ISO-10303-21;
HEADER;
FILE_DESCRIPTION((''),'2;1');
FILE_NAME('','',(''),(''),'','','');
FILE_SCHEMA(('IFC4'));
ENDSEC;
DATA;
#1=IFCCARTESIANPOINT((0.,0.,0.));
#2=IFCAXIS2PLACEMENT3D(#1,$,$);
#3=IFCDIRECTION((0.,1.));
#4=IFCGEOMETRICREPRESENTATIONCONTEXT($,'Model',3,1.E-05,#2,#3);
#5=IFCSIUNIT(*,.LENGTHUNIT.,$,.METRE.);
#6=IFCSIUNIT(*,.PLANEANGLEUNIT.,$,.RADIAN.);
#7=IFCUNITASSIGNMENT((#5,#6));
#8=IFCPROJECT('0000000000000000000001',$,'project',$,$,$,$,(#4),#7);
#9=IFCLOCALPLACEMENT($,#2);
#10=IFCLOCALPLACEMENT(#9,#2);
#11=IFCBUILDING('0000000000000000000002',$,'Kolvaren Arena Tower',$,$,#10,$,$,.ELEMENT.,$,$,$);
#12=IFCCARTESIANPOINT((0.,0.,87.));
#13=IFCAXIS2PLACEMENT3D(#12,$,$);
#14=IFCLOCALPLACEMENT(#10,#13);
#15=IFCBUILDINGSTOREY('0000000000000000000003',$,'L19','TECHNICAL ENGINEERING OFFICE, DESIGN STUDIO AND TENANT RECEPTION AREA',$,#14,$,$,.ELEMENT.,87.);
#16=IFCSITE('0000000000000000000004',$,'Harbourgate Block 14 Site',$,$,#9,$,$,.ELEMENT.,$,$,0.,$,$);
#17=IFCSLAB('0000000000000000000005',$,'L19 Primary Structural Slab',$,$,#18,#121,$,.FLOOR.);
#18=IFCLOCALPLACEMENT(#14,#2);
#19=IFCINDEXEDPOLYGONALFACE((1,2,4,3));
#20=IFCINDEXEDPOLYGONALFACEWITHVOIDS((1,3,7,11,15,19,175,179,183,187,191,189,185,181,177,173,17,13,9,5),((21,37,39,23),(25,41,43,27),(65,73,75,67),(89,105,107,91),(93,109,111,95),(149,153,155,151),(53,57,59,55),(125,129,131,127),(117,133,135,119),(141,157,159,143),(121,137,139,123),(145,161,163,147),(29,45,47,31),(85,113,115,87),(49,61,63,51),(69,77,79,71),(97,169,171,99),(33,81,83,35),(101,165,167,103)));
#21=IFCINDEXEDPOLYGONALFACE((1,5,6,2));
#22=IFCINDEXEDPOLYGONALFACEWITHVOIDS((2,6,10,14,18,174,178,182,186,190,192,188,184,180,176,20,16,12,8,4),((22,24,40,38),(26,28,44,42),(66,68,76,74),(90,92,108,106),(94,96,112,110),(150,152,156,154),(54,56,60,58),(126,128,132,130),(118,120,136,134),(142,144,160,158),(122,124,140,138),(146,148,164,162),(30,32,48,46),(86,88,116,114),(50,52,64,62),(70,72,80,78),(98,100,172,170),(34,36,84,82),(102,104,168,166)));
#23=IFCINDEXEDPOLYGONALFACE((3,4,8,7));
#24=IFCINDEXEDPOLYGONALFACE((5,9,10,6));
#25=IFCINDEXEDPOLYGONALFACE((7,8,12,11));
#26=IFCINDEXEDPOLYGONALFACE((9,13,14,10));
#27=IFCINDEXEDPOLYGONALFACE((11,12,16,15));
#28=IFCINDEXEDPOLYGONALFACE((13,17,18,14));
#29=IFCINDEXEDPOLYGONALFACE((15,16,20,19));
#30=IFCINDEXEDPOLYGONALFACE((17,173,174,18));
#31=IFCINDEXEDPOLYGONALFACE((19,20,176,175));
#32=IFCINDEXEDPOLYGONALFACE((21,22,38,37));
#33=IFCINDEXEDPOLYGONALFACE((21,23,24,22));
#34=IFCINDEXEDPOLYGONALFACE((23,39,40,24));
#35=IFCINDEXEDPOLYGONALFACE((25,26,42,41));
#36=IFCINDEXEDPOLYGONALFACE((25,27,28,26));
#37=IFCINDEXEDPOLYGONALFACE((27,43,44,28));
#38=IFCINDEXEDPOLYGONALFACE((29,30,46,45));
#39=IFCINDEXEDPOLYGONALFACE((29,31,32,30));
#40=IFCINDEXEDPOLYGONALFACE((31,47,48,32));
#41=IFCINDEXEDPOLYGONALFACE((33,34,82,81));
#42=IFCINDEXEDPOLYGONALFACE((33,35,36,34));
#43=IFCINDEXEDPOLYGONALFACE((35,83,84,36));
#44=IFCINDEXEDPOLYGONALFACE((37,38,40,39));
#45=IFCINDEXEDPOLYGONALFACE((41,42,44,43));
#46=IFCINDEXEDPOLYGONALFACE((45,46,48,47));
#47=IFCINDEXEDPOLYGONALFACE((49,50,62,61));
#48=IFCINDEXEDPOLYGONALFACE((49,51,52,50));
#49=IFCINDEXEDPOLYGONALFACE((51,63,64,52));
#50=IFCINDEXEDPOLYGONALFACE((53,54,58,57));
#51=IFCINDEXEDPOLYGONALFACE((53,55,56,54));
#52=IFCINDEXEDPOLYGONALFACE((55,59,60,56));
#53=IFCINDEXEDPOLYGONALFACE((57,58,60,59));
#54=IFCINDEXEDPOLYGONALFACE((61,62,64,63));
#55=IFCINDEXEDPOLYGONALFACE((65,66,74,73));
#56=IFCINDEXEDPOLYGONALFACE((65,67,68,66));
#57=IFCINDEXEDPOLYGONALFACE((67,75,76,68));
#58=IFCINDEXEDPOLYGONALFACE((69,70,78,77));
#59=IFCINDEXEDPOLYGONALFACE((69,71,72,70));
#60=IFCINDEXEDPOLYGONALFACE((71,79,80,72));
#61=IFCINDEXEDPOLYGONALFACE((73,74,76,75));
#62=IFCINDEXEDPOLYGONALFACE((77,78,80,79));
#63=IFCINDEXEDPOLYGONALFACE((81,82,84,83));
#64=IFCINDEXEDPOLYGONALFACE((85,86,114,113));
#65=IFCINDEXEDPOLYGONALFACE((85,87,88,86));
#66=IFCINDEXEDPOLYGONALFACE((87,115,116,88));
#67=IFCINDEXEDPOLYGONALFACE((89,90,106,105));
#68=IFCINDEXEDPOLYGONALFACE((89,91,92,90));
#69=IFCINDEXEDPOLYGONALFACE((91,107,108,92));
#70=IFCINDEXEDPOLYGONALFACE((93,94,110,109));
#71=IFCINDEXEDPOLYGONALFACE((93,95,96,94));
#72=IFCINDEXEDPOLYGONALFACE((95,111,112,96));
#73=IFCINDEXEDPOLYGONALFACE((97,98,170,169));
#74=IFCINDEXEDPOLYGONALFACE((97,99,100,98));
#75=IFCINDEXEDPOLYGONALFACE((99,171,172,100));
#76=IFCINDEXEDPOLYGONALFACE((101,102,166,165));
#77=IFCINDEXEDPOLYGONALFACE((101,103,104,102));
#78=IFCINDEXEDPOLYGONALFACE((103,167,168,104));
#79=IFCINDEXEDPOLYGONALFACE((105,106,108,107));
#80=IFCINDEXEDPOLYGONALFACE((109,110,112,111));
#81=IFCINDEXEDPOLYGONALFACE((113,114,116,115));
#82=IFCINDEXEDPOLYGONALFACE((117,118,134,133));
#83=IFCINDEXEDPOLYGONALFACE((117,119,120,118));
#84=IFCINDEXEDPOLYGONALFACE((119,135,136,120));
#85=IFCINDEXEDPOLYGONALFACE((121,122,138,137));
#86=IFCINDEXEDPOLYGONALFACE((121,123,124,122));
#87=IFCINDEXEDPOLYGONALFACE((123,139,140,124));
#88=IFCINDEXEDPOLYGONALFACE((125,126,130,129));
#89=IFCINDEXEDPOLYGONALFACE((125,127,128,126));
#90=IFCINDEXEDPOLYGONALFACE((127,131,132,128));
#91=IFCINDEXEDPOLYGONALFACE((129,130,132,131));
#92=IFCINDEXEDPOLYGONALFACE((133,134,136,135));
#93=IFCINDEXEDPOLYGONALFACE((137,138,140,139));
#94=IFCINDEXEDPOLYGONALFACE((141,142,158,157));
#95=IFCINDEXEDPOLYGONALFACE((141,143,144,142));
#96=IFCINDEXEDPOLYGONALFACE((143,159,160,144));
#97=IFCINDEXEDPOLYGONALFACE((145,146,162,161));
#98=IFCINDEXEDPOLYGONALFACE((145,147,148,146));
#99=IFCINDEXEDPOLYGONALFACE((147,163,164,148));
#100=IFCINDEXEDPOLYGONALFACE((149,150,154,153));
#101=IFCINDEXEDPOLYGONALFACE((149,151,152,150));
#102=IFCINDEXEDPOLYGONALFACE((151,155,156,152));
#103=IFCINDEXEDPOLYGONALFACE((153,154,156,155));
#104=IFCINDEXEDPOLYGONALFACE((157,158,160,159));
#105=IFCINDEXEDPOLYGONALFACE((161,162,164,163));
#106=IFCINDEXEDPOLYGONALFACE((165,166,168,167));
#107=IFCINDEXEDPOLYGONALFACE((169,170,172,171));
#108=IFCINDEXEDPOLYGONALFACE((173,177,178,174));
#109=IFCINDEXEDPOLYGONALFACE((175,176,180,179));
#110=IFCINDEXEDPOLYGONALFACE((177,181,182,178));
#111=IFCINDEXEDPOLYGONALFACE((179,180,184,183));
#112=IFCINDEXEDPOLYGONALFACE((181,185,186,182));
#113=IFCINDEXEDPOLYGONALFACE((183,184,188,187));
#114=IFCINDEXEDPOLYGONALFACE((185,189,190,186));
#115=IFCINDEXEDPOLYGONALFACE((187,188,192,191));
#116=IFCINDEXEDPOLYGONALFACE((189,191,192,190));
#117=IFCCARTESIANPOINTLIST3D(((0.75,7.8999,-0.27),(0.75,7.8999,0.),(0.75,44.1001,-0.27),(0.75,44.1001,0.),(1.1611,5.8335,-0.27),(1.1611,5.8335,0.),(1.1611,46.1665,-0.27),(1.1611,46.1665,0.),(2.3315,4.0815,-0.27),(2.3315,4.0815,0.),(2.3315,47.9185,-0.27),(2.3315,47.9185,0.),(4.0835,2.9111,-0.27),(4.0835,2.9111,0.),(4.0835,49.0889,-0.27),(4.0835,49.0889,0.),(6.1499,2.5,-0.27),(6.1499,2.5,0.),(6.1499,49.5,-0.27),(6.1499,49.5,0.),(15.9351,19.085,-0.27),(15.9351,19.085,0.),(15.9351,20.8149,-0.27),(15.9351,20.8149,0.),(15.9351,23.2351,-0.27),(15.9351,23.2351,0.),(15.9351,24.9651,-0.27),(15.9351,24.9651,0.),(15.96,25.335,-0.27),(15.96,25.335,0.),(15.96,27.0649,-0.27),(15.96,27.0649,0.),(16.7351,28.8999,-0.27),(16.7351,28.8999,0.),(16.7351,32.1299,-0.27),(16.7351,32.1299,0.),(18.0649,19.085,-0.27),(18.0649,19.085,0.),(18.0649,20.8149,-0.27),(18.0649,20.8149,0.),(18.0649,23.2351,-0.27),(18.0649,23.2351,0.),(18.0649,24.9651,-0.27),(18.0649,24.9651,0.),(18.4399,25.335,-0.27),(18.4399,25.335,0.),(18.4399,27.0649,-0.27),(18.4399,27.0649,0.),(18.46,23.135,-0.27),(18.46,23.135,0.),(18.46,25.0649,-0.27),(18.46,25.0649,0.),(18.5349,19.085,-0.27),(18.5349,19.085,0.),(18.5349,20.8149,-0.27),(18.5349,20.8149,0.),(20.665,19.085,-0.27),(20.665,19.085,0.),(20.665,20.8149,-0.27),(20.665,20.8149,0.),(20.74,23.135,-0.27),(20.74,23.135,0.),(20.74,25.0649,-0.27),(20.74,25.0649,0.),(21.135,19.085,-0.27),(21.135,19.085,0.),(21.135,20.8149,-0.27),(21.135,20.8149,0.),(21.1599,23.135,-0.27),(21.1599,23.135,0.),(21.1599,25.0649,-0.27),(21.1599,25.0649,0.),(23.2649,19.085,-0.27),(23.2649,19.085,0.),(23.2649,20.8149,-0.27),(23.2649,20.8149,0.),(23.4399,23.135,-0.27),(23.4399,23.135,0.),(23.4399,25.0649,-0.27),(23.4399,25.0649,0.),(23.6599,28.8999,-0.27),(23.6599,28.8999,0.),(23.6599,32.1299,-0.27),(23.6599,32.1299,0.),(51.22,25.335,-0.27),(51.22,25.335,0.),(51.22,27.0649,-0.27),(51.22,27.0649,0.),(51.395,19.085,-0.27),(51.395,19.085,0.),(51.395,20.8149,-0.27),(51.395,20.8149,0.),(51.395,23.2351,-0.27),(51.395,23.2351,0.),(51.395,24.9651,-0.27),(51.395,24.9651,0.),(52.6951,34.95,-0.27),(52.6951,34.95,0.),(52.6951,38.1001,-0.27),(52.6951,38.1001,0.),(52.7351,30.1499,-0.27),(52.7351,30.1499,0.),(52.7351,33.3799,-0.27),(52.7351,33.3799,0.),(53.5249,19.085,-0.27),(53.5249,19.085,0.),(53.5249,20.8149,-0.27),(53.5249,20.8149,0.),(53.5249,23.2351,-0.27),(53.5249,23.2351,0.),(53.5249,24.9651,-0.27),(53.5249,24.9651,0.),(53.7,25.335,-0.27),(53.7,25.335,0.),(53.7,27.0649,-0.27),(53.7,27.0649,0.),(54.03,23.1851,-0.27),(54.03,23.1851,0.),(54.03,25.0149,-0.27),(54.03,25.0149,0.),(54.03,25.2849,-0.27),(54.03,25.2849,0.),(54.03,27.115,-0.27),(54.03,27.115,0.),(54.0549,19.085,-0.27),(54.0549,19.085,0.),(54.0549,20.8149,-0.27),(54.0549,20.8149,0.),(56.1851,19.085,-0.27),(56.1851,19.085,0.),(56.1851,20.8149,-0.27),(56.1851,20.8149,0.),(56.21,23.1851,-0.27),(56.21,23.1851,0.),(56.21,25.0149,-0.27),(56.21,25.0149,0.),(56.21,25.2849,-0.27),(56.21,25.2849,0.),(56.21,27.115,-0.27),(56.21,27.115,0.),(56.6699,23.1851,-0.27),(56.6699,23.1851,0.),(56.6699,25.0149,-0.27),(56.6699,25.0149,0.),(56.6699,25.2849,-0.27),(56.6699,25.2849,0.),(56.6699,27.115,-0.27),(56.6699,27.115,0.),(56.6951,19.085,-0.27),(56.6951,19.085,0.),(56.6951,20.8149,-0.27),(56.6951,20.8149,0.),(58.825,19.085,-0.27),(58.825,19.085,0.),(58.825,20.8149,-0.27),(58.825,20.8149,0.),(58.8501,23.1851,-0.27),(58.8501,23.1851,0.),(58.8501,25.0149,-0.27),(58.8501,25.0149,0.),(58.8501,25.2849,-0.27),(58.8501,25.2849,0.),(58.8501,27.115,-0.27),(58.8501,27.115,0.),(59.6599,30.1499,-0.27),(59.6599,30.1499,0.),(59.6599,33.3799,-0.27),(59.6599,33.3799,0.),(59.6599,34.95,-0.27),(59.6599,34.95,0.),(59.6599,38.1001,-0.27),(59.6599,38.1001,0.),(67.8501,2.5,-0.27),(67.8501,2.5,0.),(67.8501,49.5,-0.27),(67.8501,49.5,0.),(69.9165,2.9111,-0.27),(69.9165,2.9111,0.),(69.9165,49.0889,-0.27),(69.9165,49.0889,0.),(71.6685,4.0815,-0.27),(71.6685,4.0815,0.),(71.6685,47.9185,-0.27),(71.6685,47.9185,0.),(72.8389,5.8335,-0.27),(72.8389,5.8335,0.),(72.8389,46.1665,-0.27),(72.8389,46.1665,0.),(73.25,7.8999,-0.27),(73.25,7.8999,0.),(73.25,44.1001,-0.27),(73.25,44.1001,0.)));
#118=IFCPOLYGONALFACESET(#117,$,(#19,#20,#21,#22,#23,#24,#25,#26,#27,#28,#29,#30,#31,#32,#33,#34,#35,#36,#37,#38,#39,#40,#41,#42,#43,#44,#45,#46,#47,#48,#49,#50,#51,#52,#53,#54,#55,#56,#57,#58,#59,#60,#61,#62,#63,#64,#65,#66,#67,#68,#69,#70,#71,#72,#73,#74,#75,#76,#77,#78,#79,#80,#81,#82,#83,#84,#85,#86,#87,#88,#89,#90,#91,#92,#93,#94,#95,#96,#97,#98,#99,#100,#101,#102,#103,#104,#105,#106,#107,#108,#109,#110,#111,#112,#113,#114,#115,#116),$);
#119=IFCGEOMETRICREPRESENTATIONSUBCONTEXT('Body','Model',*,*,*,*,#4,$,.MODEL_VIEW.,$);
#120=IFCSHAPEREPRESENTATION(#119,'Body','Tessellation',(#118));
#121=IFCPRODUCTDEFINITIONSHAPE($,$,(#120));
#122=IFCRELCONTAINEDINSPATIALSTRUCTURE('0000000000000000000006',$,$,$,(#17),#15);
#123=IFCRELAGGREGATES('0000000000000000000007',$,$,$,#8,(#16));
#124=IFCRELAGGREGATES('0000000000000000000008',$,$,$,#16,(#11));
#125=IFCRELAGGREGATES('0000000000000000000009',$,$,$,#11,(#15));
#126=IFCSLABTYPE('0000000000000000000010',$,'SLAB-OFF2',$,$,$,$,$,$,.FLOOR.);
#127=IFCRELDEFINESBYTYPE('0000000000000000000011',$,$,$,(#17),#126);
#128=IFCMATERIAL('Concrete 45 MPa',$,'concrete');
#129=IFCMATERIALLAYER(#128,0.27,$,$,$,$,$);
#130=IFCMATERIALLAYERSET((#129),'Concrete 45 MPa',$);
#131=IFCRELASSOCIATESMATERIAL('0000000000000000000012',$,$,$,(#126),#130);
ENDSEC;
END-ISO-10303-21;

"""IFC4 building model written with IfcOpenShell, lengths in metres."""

from ifc_helpers import new_model, si_unit, direction, frame, origin, place, context, subcontext, project, spatial, polyline, outline, extrude, material, layer, layer_set, type_object, element, save


model = new_model("IFC4")

# Units and contexts
model_context = context("Model", 3, precision=1e-05, world=origin(), true_north=direction((0.0, 1.0)))
body_context = subcontext(model_context, "Body", "Model", "MODEL_VIEW")
ifc_project = project(units=[si_unit("LENGTHUNIT", "METRE"), si_unit("PLANEANGLEUNIT", "RADIAN")], contexts=[model_context])

# Site, building, storey
site_placement = place(None, origin())
site = spatial("IfcSite", under=ifc_project, at=site_placement, Name="Harbourgate Block 14 Site", CompositionType="ELEMENT", RefElevation=0.0)
building_placement = place(site_placement, origin())
building = spatial("IfcBuilding", under=site, at=building_placement, Name="Kolvaren Arena Tower", CompositionType="ELEMENT")
storey_placement = place(building_placement, frame((0.0, 0.0, 87.0)))
storey = spatial("IfcBuildingStorey", under=building, at=storey_placement, Name="L19", Description="TECHNICAL ENGINEERING OFFICE, DESIGN STUDIO AND TENANT RECEPTION AREA", CompositionType="ELEMENT", Elevation=87.0)

# Shared definitions
ifc_material_1 = material(Name="Concrete 45 MPa", Category="concrete")

# Slab
ifc_layer_1 = layer(ifc_material_1, 0.27)
ifc_layer_set_1 = layer_set([ifc_layer_1], Name="Concrete 45 MPa")
slab_type_1 = type_object("IfcSlabType", Name="SLAB-OFF2", PredefinedType="FLOOR", material=ifc_layer_set_1)
slab_1_placement = place(storey_placement, frame((0.0, 0.0, -0.27)))
element("IfcSlab", 1, at=slab_1_placement, inside=storey, type_object=slab_type_1, Name="L19 Primary Structural Slab", PredefinedType="FLOOR", context=body_context, shape_type="SweptSolid", body=[
    extrude(outline(polyline([(67.8501, 2.5), (69.9165, 2.9111), (71.6685, 4.0815), (72.8389, 5.8335), (73.25, 7.8999), (73.25, 44.1001), (72.8389, 46.1665), (71.6685, 47.9185), (69.9165, 49.0889), (67.8501, 49.5), (6.1499, 49.5), (4.0835, 49.0889), (2.3315, 47.9185), (1.1611, 46.1665), (0.75, 44.1001), (0.75, 7.8999), (1.1611, 5.8335), (2.3315, 4.0815), (4.0835, 2.9111), (6.1499, 2.5), (67.8501, 2.5)]), holes=[polyline([(15.9351, 19.085), (15.9351, 20.8149), (18.0649, 20.8149), (18.0649, 19.085), (15.9351, 19.085)]), polyline([(18.5349, 19.085), (18.5349, 20.8149), (20.665, 20.8149), (20.665, 19.085), (18.5349, 19.085)]), polyline([(21.135, 19.085), (21.135, 20.8149), (23.2649, 20.8149), (23.2649, 19.085), (21.135, 19.085)]), polyline([(51.395, 19.085), (51.395, 20.8149), (53.5249, 20.8149), (53.5249, 19.085), (51.395, 19.085)]), polyline([(54.0549, 19.085), (54.0549, 20.8149), (56.1851, 20.8149), (56.1851, 19.085), (54.0549, 19.085)]), polyline([(56.6951, 19.085), (56.6951, 20.8149), (58.825, 20.8149), (58.825, 19.085), (56.6951, 19.085)]), polyline([(18.46, 23.135), (18.46, 25.0649), (20.74, 25.0649), (20.74, 23.135), (18.46, 23.135)]), polyline([(21.1599, 23.135), (21.1599, 25.0649), (23.4399, 25.0649), (23.4399, 23.135), (21.1599, 23.135)]), polyline([(54.03, 25.0149), (56.21, 25.0149), (56.21, 23.1851), (54.03, 23.1851), (54.03, 25.0149)]), polyline([(56.6699, 25.0149), (58.8501, 25.0149), (58.8501, 23.1851), (56.6699, 23.1851), (56.6699, 25.0149)]), polyline([(15.9351, 23.2351), (15.9351, 24.9651), (18.0649, 24.9651), (18.0649, 23.2351), (15.9351, 23.2351)]), polyline([(51.395, 24.9651), (53.5249, 24.9651), (53.5249, 23.2351), (51.395, 23.2351), (51.395, 24.9651)]), polyline([(54.03, 25.2849), (54.03, 27.115), (56.21, 27.115), (56.21, 25.2849), (54.03, 25.2849)]), polyline([(56.6699, 25.2849), (56.6699, 27.115), (58.8501, 27.115), (58.8501, 25.2849), (56.6699, 25.2849)]), polyline([(15.96, 27.0649), (18.4399, 27.0649), (18.4399, 25.335), (15.96, 25.335), (15.96, 27.0649)]), polyline([(51.22, 25.335), (51.22, 27.0649), (53.7, 27.0649), (53.7, 25.335), (51.22, 25.335)]), polyline([(16.7351, 28.8999), (16.7351, 32.1299), (23.6599, 32.1299), (23.6599, 28.8999), (16.7351, 28.8999)]), polyline([(52.7351, 33.3799), (59.6599, 33.3799), (59.6599, 30.1499), (52.7351, 30.1499), (52.7351, 33.3799)]), polyline([(52.6951, 38.1001), (59.6599, 38.1001), (59.6599, 34.95), (52.6951, 34.95), (52.6951, 38.1001)])]), origin(), (0.0, 0.0, 1.0), 0.27),
])

save(model, "model.ifc")
